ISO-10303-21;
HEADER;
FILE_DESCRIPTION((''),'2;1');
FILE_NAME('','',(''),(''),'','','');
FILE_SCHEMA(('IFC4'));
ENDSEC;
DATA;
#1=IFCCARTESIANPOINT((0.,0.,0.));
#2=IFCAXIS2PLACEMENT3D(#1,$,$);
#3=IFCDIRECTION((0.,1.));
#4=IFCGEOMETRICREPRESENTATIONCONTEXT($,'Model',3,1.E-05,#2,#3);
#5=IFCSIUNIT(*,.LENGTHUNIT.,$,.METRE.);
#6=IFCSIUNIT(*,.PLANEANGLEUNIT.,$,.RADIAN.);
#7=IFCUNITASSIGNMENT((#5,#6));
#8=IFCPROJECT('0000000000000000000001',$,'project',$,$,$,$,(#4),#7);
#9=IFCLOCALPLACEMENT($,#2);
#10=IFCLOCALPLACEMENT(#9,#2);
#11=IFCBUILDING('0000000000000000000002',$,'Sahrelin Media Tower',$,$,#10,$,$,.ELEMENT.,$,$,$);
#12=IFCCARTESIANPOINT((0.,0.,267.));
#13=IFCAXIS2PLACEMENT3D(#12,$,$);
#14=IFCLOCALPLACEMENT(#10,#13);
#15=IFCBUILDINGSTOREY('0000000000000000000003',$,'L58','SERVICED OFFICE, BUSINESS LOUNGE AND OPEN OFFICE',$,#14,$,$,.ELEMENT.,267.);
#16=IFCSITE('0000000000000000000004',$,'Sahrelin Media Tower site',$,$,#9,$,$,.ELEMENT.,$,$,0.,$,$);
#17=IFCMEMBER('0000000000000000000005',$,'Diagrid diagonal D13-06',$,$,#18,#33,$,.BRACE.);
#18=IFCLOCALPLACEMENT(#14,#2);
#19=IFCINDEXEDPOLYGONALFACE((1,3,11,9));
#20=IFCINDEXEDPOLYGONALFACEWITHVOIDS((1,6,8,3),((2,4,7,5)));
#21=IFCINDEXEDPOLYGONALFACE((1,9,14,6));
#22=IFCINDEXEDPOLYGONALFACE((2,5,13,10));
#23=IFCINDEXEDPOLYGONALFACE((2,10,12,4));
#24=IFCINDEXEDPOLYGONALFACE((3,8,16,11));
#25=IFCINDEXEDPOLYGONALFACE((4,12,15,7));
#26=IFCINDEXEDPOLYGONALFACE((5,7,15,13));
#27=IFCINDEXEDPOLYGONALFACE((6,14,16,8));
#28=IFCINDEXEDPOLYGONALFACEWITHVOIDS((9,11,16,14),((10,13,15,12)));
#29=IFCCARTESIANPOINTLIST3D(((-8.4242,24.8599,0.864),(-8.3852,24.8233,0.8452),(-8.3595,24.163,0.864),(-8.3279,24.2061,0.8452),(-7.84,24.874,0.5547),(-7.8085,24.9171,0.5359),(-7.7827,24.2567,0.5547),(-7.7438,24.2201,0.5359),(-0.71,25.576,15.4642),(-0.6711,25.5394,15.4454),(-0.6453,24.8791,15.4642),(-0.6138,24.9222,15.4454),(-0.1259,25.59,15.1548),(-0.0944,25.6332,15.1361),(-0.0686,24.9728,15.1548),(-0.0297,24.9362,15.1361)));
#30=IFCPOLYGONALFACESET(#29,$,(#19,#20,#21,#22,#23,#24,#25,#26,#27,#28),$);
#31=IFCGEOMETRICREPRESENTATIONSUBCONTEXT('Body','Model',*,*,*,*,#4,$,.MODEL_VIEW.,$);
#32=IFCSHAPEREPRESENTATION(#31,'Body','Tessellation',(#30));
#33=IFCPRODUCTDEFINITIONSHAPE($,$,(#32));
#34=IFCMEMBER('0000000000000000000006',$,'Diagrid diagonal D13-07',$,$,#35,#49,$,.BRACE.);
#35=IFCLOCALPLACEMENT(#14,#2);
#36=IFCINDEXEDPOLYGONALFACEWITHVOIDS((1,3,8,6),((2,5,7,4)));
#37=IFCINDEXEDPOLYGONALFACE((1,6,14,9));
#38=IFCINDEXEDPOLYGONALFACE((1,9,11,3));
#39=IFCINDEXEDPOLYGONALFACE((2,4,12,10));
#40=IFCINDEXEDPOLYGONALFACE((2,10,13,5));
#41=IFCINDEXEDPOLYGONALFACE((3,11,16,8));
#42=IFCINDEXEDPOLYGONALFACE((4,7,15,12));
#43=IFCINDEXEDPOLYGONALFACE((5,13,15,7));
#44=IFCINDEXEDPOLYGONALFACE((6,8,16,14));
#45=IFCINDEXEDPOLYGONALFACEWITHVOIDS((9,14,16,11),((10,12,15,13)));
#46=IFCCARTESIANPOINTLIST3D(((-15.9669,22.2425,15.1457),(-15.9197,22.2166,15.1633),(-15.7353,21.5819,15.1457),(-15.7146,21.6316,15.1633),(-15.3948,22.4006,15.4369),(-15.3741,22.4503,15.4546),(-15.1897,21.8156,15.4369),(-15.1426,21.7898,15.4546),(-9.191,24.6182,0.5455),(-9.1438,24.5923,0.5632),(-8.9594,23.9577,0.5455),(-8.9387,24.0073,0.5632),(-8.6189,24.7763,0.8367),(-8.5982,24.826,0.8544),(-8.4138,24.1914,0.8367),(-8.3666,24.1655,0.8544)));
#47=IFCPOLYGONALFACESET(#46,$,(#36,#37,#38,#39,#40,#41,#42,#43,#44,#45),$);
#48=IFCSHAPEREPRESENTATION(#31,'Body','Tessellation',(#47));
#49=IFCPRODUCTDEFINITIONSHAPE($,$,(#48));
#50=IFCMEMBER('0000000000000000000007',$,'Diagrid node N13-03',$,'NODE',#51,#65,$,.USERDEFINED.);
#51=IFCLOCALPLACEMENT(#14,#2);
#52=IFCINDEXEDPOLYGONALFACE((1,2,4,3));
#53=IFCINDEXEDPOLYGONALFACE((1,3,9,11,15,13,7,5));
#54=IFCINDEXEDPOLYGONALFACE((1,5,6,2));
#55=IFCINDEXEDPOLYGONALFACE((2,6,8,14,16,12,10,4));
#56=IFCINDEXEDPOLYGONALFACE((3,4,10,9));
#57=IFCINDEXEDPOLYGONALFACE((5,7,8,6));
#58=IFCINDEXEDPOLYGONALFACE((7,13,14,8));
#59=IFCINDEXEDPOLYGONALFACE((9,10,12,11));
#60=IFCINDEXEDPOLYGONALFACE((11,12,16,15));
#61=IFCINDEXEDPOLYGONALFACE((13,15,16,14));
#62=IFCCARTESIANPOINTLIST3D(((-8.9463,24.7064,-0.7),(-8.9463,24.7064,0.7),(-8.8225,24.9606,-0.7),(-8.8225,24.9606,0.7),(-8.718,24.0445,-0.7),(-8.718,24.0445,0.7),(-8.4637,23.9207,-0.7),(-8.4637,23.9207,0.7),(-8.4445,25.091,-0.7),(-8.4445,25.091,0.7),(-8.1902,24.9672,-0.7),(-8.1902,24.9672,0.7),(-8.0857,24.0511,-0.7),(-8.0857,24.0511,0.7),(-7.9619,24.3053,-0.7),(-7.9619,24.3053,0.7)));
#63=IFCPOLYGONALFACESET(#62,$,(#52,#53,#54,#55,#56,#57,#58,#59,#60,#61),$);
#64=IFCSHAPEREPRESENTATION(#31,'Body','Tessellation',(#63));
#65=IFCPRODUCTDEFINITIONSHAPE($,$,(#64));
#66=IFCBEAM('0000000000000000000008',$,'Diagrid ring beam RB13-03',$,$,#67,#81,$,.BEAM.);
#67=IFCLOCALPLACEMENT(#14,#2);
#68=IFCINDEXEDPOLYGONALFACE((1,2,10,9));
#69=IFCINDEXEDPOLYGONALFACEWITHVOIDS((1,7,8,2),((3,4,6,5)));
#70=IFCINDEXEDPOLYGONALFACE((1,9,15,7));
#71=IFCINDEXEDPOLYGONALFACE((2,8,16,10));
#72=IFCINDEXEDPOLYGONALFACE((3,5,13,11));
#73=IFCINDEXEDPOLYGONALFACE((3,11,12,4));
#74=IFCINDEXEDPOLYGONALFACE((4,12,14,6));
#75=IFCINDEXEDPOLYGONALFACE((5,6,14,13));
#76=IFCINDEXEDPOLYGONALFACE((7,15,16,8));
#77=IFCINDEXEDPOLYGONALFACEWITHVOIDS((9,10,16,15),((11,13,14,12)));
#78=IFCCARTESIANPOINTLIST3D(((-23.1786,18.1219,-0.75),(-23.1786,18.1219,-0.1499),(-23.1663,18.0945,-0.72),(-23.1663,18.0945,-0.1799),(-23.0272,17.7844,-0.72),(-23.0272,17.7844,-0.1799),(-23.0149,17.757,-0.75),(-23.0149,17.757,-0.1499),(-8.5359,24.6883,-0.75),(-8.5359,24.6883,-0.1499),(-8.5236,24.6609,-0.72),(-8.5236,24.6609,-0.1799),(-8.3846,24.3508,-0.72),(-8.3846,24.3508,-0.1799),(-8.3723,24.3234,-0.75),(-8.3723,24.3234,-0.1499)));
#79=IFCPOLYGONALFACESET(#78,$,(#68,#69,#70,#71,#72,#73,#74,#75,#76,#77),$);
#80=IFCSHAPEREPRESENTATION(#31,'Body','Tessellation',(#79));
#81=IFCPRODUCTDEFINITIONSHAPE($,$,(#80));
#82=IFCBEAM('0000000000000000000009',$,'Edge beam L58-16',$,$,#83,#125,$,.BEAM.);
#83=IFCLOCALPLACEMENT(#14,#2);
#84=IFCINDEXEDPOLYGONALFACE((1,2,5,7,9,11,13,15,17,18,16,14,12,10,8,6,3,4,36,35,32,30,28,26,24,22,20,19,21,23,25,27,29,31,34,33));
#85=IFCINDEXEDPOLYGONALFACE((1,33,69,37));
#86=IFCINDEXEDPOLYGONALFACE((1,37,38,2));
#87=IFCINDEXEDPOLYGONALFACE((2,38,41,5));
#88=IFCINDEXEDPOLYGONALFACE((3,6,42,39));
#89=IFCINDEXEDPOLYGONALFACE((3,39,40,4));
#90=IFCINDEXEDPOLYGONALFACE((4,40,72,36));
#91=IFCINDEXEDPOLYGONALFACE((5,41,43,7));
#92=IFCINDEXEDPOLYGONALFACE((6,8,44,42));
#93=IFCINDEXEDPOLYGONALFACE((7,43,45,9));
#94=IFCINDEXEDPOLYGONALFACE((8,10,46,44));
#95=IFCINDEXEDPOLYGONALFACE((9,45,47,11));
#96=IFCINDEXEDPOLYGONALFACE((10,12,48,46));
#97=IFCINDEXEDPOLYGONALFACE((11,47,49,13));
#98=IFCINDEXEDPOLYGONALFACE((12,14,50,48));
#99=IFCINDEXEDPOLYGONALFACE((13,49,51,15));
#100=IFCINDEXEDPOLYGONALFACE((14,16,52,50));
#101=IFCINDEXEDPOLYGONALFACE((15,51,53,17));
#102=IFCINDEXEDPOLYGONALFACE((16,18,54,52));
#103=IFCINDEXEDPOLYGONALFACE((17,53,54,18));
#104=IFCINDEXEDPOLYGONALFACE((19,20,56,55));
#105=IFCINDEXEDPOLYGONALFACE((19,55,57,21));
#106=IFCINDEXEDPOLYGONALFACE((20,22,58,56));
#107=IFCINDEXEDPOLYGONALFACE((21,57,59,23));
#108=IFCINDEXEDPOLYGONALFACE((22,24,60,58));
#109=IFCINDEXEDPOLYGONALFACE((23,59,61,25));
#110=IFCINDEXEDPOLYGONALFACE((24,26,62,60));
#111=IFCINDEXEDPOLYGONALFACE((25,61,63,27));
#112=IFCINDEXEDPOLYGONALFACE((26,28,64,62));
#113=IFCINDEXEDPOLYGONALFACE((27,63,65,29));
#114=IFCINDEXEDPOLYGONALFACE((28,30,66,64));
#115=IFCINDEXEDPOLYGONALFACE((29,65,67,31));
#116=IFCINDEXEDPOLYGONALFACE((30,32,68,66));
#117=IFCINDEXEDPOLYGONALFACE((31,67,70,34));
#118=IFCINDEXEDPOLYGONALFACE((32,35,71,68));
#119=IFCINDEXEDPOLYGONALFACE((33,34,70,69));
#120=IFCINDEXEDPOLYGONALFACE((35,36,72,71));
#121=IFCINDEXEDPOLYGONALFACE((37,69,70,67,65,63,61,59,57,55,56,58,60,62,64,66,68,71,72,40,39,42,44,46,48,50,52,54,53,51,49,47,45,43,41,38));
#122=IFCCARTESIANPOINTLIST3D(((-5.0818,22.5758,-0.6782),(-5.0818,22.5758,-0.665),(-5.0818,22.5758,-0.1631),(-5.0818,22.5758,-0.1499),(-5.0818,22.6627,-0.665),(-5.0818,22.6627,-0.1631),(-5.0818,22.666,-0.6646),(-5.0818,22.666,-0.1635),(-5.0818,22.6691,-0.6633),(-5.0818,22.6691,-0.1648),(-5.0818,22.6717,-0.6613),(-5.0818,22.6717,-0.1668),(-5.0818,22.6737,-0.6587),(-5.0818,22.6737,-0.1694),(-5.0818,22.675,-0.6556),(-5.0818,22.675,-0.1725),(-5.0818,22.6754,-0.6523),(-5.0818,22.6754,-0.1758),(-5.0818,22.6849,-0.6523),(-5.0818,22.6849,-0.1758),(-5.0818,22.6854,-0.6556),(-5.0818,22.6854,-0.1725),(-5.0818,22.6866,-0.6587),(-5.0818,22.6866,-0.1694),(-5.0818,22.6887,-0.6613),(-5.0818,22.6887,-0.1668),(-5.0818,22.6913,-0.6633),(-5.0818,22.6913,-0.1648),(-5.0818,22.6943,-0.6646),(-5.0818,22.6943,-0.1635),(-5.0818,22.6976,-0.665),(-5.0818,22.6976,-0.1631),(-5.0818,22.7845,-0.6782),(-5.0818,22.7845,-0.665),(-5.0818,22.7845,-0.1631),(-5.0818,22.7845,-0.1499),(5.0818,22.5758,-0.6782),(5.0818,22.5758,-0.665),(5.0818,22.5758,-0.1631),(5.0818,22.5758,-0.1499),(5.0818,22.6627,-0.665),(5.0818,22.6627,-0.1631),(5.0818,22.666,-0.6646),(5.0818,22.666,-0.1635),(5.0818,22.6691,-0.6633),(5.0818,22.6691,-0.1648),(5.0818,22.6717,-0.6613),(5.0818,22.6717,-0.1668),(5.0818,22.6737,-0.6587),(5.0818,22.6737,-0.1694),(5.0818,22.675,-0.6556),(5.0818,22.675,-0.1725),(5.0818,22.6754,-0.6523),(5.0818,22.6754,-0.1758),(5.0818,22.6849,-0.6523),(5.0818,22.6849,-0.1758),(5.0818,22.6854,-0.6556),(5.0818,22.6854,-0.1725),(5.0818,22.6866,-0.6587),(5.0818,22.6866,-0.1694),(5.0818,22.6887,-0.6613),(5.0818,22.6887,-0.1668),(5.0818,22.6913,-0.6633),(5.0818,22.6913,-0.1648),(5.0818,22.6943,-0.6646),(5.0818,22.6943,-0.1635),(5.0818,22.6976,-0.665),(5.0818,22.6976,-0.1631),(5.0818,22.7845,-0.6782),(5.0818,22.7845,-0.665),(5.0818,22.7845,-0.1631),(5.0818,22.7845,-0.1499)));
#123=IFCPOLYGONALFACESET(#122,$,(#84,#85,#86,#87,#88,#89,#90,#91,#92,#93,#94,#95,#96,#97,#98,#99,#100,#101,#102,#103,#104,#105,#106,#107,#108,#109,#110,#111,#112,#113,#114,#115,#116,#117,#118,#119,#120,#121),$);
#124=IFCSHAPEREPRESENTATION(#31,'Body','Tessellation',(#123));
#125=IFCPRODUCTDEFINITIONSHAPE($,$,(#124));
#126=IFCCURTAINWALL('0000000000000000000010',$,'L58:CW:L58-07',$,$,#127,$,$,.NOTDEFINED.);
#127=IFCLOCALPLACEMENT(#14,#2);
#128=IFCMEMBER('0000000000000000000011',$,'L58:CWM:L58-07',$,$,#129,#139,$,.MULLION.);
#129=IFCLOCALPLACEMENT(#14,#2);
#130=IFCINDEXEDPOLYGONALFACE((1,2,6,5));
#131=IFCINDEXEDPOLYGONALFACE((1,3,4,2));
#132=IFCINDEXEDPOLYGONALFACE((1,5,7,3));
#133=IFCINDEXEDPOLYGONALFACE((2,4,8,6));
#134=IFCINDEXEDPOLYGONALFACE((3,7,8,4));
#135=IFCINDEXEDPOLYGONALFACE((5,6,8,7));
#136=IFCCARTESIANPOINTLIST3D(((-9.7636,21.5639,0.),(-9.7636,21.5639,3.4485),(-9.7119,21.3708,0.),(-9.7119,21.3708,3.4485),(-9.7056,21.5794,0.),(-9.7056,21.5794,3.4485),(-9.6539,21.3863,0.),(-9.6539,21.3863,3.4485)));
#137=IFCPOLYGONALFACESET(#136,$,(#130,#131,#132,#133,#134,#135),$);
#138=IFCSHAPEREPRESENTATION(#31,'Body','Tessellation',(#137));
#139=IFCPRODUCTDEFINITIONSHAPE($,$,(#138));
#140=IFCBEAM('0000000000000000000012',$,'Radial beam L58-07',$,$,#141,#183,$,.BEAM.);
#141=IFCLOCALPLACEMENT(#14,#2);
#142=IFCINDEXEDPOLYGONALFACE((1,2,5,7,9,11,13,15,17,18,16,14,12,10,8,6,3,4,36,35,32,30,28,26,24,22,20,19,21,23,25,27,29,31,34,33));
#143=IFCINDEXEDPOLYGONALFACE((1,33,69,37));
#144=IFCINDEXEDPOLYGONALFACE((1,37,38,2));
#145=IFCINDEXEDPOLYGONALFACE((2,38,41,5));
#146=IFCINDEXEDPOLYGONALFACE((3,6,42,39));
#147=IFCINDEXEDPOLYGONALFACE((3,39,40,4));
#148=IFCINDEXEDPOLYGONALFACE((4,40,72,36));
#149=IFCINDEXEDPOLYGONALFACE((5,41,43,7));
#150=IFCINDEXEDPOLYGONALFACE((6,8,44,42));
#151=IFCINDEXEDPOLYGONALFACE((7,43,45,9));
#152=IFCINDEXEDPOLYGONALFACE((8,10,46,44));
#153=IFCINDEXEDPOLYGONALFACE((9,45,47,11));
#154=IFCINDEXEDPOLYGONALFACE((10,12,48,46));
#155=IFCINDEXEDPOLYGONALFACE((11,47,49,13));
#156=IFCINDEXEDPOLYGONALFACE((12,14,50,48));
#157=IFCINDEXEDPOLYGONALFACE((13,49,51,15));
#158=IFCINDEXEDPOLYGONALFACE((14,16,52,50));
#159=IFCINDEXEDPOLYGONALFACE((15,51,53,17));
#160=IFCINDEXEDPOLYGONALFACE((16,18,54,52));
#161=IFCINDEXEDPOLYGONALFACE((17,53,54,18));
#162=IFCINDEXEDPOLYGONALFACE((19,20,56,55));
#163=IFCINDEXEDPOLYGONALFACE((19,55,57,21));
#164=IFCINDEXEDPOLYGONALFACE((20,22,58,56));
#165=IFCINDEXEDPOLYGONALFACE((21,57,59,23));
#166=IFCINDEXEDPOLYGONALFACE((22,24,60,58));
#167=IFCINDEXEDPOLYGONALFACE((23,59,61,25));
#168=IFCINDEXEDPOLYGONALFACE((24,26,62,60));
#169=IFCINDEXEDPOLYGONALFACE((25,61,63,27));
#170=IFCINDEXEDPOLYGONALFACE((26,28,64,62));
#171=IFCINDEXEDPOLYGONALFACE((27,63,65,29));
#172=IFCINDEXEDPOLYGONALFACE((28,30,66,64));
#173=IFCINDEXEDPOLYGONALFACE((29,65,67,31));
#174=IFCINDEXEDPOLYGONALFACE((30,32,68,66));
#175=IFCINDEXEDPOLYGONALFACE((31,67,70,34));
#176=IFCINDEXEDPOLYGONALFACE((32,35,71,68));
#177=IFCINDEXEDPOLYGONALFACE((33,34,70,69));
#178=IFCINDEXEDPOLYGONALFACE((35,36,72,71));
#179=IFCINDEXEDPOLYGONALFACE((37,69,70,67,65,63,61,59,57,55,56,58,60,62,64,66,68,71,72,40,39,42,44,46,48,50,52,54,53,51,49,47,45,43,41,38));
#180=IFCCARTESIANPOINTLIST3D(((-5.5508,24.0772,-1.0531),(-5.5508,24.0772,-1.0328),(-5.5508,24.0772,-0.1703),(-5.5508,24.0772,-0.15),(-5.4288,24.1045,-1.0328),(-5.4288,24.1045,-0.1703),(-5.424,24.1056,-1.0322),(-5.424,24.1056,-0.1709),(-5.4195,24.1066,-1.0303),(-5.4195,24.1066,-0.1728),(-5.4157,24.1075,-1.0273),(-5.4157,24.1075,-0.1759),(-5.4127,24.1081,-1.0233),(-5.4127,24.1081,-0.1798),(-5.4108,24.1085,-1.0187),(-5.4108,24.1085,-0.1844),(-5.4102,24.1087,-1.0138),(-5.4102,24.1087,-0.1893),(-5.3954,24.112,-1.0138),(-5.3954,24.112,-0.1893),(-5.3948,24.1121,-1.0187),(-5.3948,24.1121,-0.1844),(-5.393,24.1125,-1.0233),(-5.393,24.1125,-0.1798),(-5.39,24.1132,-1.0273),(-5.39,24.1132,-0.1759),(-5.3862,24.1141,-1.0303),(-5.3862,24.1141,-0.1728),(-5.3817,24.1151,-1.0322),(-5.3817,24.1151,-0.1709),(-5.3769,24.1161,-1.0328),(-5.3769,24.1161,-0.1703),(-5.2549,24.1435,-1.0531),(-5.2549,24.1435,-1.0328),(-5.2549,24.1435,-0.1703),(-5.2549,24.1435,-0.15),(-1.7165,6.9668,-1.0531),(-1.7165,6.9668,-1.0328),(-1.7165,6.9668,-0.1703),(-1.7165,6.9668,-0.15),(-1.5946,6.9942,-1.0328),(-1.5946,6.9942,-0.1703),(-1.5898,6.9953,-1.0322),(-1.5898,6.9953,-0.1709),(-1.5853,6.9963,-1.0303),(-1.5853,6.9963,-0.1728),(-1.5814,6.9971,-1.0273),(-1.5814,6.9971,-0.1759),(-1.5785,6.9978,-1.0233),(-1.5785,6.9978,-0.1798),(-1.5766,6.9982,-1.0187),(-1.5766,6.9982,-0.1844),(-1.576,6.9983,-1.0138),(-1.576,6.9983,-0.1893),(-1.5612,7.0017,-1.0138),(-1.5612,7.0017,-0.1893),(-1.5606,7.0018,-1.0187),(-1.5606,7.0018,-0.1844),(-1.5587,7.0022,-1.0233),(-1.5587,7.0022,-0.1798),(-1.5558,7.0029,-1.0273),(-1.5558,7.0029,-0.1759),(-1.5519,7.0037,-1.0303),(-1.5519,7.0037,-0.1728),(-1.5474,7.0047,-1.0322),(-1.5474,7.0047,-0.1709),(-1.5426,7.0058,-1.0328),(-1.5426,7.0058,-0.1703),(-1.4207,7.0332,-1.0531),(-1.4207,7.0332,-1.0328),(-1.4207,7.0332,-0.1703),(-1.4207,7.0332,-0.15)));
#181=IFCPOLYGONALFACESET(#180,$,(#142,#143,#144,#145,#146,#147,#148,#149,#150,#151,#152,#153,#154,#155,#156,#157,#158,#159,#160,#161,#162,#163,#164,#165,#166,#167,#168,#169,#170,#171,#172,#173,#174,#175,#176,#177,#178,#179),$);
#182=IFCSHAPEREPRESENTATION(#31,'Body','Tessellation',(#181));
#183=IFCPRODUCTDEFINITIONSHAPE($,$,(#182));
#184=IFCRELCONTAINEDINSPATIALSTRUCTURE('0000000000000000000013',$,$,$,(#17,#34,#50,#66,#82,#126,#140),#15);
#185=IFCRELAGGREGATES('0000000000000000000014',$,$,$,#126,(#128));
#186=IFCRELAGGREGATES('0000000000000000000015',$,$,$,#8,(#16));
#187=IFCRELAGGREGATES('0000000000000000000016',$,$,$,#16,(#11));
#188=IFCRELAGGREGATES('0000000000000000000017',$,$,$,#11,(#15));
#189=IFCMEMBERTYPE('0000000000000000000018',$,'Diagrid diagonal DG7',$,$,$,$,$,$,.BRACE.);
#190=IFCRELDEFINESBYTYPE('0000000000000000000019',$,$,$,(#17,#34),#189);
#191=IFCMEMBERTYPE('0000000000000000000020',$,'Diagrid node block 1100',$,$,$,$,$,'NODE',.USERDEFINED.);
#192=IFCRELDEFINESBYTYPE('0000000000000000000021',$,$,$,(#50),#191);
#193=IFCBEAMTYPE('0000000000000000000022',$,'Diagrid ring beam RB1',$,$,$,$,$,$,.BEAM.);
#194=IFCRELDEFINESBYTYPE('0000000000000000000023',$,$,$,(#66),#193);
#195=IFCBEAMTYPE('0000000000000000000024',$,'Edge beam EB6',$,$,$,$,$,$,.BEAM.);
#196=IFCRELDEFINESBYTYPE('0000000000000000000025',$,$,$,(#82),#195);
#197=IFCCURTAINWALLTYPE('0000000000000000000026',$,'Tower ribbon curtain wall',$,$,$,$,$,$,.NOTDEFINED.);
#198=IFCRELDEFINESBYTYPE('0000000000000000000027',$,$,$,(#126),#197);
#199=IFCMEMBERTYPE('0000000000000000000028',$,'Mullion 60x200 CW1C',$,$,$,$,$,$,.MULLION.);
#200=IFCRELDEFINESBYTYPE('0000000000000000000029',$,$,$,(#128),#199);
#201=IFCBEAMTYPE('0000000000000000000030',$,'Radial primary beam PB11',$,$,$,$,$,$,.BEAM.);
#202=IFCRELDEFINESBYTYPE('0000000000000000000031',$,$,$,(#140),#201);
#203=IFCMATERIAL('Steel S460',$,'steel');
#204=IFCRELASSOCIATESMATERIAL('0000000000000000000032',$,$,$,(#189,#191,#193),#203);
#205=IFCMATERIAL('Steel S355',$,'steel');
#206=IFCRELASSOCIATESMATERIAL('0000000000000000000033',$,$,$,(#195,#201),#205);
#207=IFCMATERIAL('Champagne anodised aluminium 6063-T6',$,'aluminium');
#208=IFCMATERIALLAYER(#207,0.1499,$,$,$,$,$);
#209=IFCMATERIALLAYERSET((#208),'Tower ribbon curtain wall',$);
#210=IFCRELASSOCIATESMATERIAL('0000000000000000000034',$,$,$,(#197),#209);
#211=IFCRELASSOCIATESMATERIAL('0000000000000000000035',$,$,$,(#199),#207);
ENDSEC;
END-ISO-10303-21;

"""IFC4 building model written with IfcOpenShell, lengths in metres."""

from ifc_helpers import new_model, si_unit, direction, frame, origin, origin_2d, place, context, subcontext, project, spatial, polyline, rectangle, hollow_rectangle, i_section, outline, extrude, material, layer, layer_set, material_profile, profile_set, type_object, element, aggregate, save


model = new_model("IFC4")

# Units and contexts
model_context = context("Model", 3, precision=1e-05, world=origin(), true_north=direction((0.0, 1.0)))
body_context = subcontext(model_context, "Body", "Model", "MODEL_VIEW")
ifc_project = project(units=[si_unit("LENGTHUNIT", "METRE"), si_unit("PLANEANGLEUNIT", "RADIAN")], contexts=[model_context])

# Site, building, storey
site_placement = place(None, origin())
site = spatial("IfcSite", under=ifc_project, at=site_placement, Name="Sahrelin Media Tower site", CompositionType="ELEMENT", RefElevation=0.0)
building_placement = place(site_placement, origin())
building = spatial("IfcBuilding", under=site, at=building_placement, Name="Sahrelin Media Tower", CompositionType="ELEMENT")
storey_placement = place(building_placement, frame((0.0, 0.0, 267.0)))
storey = spatial("IfcBuildingStorey", under=building, at=storey_placement, Name="L58", Description="SERVICED OFFICE, BUSINESS LOUNGE AND OPEN OFFICE", CompositionType="ELEMENT", Elevation=267.0)

# Members
ifc_material_1 = material(Name="Steel S460", Category="steel")
ifc_material_profile_1 = material_profile(ifc_material_1, hollow_rectangle(XDim=0.7, YDim=0.7, WallThickness=0.04, at=origin_2d()), Name="Diagrid diagonal DG7")
ifc_profile_set_1 = profile_set([ifc_material_profile_1], Name="Steel S460")
member_type_1 = type_object("IfcMemberType", Name="Diagrid diagonal DG7", PredefinedType="BRACE", material=ifc_profile_set_1)
member_1_placement = place(storey_placement, frame((-8.084, 24.54, 0.7), z_axis=(0.466723, 0.043324, 0.883342), x_axis=(-0.092428, 0.995719, 0.0)))
element("IfcMember", 1, at=member_1_placement, inside=storey, type_object=member_type_1, Name="Diagrid diagonal D13-06", PredefinedType="BRACE", context=body_context, shape_type="SweptSolid", body=[
    extrude(hollow_rectangle(XDim=0.7, YDim=0.7, WallThickness=0.04, at=origin_2d()), origin(), (0.0, 0.0, 1.0), 16.5283),
])
member_2_placement = place(storey_placement, frame((-8.7788, 24.3918, 0.7), z_axis=(-0.416459, -0.146017, 0.897352), x_axis=(0.330868, -0.943677, 0.0)))
element("IfcMember", 2, at=member_2_placement, inside=storey, type_object=member_type_1, Name="Diagrid diagonal D13-07", PredefinedType="BRACE", context=body_context, shape_type="SweptSolid", body=[
    extrude(hollow_rectangle(XDim=0.7, YDim=0.7, WallThickness=0.04, at=origin_2d()), origin(), (0.0, 0.0, 1.0), 16.2703),
])
ifc_material_profile_2 = material_profile(ifc_material_1, outline(polyline([(0.3501, -0.3999), (0.55, -0.2), (0.55, 0.2), (0.3501, 0.3999), (-0.3501, 0.3999), (-0.55, 0.2), (-0.55, -0.2), (-0.3501, -0.3999), (0.3501, -0.3999)])), Name="Diagrid node block 1100")
ifc_profile_set_2 = profile_set([ifc_material_profile_2], Name="Steel S460")
member_type_2 = type_object("IfcMemberType", Name="Diagrid node block 1100", ElementType="NODE", PredefinedType="USERDEFINED", material=ifc_profile_set_2)
member_3_placement = place(storey_placement, frame((-8.4541, 24.5059, -0.7), z_axis=(0.0, 0.0, 1.0), x_axis=(-0.326119, 0.945329, 0.0)))
element("IfcMember", 3, at=member_3_placement, inside=storey, type_object=member_type_2, Name="Diagrid node N13-03", ObjectType="NODE", PredefinedType="USERDEFINED", context=body_context, shape_type="SweptSolid", body=[
    extrude(outline(polyline([(0.3501, -0.3999), (0.55, -0.2), (0.55, 0.2), (0.3501, 0.3999), (-0.3501, 0.3999), (-0.55, 0.2), (-0.55, -0.2), (-0.3501, -0.3999), (0.3501, -0.3999)])), origin(), (0.0, 0.0, 1.0), 1.3999),
])

# Beams
ifc_material_profile_3 = material_profile(ifc_material_1, hollow_rectangle(XDim=0.3999, YDim=0.6001, WallThickness=0.03, at=origin_2d()), Name="Diagrid ring beam RB1")
ifc_profile_set_3 = profile_set([ifc_material_profile_3], Name="Steel S460")
beam_type_1 = type_object("IfcBeamType", Name="Diagrid ring beam RB1", PredefinedType="BEAM", material=ifc_profile_set_3)
beam_1_placement = place(storey_placement, frame((-8.4541, 24.5059, -0.45), z_axis=(-0.912451, -0.409185, 0.0), x_axis=(0.409185, -0.912451, 0.0)))
element("IfcBeam", 4, at=beam_1_placement, inside=storey, type_object=beam_type_1, Name="Diagrid ring beam RB13-03", PredefinedType="BEAM", context=body_context, shape_type="SweptSolid", body=[
    extrude(hollow_rectangle(XDim=0.3999, YDim=0.6001, WallThickness=0.03, at=origin_2d()), origin(), (0.0, 0.0, 1.0), 16.0476),
])
ifc_material_2 = material(Name="Steel S355", Category="steel")
ifc_material_profile_4 = material_profile(ifc_material_2, i_section(OverallWidth=0.2087, OverallDepth=0.5283, WebThickness=0.0095, FlangeThickness=0.0132, FilletRadius=0.0127, at=origin_2d()), Name="UB 533x210x82")
ifc_profile_set_4 = profile_set([ifc_material_profile_4], Name="Steel S355")
beam_type_2 = type_object("IfcBeamType", Name="Edge beam EB6", PredefinedType="BEAM", material=ifc_profile_set_4)
beam_2_placement = place(storey_placement, frame((-5.0818, 22.6802, -0.4141), z_axis=(1.0, 0.0, 0.0), x_axis=(0.0, 1.0, 0.0)))
element("IfcBeam", 5, at=beam_2_placement, inside=storey, type_object=beam_type_2, Name="Edge beam L58-16", PredefinedType="BEAM", context=body_context, shape_type="SweptSolid", body=[
    extrude(i_section(OverallWidth=0.2087, OverallDepth=0.5283, WebThickness=0.0095, FlangeThickness=0.0132, FilletRadius=0.0127, at=origin_2d()), origin(), (0.0, 0.0, 1.0), 10.1636),
])

# Curtain wall, member
ifc_material_3 = material(Name="Champagne anodised aluminium 6063-T6", Category="aluminium")
ifc_layer_1 = layer(ifc_material_3, 0.1499)
ifc_layer_set_1 = layer_set([ifc_layer_1], Name="Tower ribbon curtain wall")
curtain_wall_type = type_object("IfcCurtainWallType", Name="Tower ribbon curtain wall", PredefinedType="NOTDEFINED", material=ifc_layer_set_1)
curtain_wall_1_placement = place(storey_placement, frame((-9.7397, 21.5911, 0.0), z_axis=(0.0, 0.0, 1.0), x_axis=(1.0, 0.0, 0.0)))
curtain_wall_1 = element("IfcCurtainWall", 6, at=curtain_wall_1_placement, inside=storey, type_object=curtain_wall_type, Name="L58:CW:L58-07", PredefinedType="NOTDEFINED")
ifc_material_profile_5 = material_profile(ifc_material_3, rectangle(XDim=0.0601, YDim=0.2, at=origin_2d()), Name="Mullion 60x200")
ifc_profile_set_5 = profile_set([ifc_material_profile_5], Name="Champagne anodised aluminium 6063-T6")
member_type_3 = type_object("IfcMemberType", Name="Mullion 60x200 CW1C", PredefinedType="MULLION", material=ifc_profile_set_5)
member_4_placement = place(storey_placement, frame((-9.7087, 21.4751, 0.0), z_axis=(0.0, 0.0, 1.0), x_axis=(-0.965925, -0.258822, 0.0)))
member_4 = element("IfcMember", 7, at=member_4_placement, type_object=member_type_3, Name="L58:CWM:L58-07", PredefinedType="MULLION", context=body_context, shape_type="SweptSolid", body=[
    extrude(rectangle(XDim=0.0601, YDim=0.2, at=origin_2d()), origin(), (0.0, 0.0, 1.0), 3.4485),
])

# Beam
ifc_material_profile_6 = material_profile(ifc_material_2, i_section(OverallWidth=0.3032, OverallDepth=0.9031, WebThickness=0.0151, FlangeThickness=0.0203, FilletRadius=0.019, at=origin_2d()), Name="UB 914x305x201")
ifc_profile_set_6 = profile_set([ifc_material_profile_6], Name="Steel S355")
beam_type_3 = type_object("IfcBeamType", Name="Radial primary beam PB11", PredefinedType="BEAM", material=ifc_profile_set_6)
beam_3_placement = place(storey_placement, frame((-1.5686, 7.0, -0.6016), z_axis=(-0.218665, 0.9758, 0.0), x_axis=(-0.9758, -0.218665, 0.0)))
element("IfcBeam", 8, at=beam_3_placement, inside=storey, type_object=beam_type_3, Name="Radial beam L58-07", PredefinedType="BEAM", context=body_context, shape_type="SweptSolid", body=[
    extrude(i_section(OverallWidth=0.3032, OverallDepth=0.9031, WebThickness=0.0151, FlangeThickness=0.0203, FilletRadius=0.019, at=origin_2d()), origin(), (0.0, 0.0, 1.0), 17.5347),
])

aggregate(curtain_wall_1, [member_4])

save(model, "model.ifc")
